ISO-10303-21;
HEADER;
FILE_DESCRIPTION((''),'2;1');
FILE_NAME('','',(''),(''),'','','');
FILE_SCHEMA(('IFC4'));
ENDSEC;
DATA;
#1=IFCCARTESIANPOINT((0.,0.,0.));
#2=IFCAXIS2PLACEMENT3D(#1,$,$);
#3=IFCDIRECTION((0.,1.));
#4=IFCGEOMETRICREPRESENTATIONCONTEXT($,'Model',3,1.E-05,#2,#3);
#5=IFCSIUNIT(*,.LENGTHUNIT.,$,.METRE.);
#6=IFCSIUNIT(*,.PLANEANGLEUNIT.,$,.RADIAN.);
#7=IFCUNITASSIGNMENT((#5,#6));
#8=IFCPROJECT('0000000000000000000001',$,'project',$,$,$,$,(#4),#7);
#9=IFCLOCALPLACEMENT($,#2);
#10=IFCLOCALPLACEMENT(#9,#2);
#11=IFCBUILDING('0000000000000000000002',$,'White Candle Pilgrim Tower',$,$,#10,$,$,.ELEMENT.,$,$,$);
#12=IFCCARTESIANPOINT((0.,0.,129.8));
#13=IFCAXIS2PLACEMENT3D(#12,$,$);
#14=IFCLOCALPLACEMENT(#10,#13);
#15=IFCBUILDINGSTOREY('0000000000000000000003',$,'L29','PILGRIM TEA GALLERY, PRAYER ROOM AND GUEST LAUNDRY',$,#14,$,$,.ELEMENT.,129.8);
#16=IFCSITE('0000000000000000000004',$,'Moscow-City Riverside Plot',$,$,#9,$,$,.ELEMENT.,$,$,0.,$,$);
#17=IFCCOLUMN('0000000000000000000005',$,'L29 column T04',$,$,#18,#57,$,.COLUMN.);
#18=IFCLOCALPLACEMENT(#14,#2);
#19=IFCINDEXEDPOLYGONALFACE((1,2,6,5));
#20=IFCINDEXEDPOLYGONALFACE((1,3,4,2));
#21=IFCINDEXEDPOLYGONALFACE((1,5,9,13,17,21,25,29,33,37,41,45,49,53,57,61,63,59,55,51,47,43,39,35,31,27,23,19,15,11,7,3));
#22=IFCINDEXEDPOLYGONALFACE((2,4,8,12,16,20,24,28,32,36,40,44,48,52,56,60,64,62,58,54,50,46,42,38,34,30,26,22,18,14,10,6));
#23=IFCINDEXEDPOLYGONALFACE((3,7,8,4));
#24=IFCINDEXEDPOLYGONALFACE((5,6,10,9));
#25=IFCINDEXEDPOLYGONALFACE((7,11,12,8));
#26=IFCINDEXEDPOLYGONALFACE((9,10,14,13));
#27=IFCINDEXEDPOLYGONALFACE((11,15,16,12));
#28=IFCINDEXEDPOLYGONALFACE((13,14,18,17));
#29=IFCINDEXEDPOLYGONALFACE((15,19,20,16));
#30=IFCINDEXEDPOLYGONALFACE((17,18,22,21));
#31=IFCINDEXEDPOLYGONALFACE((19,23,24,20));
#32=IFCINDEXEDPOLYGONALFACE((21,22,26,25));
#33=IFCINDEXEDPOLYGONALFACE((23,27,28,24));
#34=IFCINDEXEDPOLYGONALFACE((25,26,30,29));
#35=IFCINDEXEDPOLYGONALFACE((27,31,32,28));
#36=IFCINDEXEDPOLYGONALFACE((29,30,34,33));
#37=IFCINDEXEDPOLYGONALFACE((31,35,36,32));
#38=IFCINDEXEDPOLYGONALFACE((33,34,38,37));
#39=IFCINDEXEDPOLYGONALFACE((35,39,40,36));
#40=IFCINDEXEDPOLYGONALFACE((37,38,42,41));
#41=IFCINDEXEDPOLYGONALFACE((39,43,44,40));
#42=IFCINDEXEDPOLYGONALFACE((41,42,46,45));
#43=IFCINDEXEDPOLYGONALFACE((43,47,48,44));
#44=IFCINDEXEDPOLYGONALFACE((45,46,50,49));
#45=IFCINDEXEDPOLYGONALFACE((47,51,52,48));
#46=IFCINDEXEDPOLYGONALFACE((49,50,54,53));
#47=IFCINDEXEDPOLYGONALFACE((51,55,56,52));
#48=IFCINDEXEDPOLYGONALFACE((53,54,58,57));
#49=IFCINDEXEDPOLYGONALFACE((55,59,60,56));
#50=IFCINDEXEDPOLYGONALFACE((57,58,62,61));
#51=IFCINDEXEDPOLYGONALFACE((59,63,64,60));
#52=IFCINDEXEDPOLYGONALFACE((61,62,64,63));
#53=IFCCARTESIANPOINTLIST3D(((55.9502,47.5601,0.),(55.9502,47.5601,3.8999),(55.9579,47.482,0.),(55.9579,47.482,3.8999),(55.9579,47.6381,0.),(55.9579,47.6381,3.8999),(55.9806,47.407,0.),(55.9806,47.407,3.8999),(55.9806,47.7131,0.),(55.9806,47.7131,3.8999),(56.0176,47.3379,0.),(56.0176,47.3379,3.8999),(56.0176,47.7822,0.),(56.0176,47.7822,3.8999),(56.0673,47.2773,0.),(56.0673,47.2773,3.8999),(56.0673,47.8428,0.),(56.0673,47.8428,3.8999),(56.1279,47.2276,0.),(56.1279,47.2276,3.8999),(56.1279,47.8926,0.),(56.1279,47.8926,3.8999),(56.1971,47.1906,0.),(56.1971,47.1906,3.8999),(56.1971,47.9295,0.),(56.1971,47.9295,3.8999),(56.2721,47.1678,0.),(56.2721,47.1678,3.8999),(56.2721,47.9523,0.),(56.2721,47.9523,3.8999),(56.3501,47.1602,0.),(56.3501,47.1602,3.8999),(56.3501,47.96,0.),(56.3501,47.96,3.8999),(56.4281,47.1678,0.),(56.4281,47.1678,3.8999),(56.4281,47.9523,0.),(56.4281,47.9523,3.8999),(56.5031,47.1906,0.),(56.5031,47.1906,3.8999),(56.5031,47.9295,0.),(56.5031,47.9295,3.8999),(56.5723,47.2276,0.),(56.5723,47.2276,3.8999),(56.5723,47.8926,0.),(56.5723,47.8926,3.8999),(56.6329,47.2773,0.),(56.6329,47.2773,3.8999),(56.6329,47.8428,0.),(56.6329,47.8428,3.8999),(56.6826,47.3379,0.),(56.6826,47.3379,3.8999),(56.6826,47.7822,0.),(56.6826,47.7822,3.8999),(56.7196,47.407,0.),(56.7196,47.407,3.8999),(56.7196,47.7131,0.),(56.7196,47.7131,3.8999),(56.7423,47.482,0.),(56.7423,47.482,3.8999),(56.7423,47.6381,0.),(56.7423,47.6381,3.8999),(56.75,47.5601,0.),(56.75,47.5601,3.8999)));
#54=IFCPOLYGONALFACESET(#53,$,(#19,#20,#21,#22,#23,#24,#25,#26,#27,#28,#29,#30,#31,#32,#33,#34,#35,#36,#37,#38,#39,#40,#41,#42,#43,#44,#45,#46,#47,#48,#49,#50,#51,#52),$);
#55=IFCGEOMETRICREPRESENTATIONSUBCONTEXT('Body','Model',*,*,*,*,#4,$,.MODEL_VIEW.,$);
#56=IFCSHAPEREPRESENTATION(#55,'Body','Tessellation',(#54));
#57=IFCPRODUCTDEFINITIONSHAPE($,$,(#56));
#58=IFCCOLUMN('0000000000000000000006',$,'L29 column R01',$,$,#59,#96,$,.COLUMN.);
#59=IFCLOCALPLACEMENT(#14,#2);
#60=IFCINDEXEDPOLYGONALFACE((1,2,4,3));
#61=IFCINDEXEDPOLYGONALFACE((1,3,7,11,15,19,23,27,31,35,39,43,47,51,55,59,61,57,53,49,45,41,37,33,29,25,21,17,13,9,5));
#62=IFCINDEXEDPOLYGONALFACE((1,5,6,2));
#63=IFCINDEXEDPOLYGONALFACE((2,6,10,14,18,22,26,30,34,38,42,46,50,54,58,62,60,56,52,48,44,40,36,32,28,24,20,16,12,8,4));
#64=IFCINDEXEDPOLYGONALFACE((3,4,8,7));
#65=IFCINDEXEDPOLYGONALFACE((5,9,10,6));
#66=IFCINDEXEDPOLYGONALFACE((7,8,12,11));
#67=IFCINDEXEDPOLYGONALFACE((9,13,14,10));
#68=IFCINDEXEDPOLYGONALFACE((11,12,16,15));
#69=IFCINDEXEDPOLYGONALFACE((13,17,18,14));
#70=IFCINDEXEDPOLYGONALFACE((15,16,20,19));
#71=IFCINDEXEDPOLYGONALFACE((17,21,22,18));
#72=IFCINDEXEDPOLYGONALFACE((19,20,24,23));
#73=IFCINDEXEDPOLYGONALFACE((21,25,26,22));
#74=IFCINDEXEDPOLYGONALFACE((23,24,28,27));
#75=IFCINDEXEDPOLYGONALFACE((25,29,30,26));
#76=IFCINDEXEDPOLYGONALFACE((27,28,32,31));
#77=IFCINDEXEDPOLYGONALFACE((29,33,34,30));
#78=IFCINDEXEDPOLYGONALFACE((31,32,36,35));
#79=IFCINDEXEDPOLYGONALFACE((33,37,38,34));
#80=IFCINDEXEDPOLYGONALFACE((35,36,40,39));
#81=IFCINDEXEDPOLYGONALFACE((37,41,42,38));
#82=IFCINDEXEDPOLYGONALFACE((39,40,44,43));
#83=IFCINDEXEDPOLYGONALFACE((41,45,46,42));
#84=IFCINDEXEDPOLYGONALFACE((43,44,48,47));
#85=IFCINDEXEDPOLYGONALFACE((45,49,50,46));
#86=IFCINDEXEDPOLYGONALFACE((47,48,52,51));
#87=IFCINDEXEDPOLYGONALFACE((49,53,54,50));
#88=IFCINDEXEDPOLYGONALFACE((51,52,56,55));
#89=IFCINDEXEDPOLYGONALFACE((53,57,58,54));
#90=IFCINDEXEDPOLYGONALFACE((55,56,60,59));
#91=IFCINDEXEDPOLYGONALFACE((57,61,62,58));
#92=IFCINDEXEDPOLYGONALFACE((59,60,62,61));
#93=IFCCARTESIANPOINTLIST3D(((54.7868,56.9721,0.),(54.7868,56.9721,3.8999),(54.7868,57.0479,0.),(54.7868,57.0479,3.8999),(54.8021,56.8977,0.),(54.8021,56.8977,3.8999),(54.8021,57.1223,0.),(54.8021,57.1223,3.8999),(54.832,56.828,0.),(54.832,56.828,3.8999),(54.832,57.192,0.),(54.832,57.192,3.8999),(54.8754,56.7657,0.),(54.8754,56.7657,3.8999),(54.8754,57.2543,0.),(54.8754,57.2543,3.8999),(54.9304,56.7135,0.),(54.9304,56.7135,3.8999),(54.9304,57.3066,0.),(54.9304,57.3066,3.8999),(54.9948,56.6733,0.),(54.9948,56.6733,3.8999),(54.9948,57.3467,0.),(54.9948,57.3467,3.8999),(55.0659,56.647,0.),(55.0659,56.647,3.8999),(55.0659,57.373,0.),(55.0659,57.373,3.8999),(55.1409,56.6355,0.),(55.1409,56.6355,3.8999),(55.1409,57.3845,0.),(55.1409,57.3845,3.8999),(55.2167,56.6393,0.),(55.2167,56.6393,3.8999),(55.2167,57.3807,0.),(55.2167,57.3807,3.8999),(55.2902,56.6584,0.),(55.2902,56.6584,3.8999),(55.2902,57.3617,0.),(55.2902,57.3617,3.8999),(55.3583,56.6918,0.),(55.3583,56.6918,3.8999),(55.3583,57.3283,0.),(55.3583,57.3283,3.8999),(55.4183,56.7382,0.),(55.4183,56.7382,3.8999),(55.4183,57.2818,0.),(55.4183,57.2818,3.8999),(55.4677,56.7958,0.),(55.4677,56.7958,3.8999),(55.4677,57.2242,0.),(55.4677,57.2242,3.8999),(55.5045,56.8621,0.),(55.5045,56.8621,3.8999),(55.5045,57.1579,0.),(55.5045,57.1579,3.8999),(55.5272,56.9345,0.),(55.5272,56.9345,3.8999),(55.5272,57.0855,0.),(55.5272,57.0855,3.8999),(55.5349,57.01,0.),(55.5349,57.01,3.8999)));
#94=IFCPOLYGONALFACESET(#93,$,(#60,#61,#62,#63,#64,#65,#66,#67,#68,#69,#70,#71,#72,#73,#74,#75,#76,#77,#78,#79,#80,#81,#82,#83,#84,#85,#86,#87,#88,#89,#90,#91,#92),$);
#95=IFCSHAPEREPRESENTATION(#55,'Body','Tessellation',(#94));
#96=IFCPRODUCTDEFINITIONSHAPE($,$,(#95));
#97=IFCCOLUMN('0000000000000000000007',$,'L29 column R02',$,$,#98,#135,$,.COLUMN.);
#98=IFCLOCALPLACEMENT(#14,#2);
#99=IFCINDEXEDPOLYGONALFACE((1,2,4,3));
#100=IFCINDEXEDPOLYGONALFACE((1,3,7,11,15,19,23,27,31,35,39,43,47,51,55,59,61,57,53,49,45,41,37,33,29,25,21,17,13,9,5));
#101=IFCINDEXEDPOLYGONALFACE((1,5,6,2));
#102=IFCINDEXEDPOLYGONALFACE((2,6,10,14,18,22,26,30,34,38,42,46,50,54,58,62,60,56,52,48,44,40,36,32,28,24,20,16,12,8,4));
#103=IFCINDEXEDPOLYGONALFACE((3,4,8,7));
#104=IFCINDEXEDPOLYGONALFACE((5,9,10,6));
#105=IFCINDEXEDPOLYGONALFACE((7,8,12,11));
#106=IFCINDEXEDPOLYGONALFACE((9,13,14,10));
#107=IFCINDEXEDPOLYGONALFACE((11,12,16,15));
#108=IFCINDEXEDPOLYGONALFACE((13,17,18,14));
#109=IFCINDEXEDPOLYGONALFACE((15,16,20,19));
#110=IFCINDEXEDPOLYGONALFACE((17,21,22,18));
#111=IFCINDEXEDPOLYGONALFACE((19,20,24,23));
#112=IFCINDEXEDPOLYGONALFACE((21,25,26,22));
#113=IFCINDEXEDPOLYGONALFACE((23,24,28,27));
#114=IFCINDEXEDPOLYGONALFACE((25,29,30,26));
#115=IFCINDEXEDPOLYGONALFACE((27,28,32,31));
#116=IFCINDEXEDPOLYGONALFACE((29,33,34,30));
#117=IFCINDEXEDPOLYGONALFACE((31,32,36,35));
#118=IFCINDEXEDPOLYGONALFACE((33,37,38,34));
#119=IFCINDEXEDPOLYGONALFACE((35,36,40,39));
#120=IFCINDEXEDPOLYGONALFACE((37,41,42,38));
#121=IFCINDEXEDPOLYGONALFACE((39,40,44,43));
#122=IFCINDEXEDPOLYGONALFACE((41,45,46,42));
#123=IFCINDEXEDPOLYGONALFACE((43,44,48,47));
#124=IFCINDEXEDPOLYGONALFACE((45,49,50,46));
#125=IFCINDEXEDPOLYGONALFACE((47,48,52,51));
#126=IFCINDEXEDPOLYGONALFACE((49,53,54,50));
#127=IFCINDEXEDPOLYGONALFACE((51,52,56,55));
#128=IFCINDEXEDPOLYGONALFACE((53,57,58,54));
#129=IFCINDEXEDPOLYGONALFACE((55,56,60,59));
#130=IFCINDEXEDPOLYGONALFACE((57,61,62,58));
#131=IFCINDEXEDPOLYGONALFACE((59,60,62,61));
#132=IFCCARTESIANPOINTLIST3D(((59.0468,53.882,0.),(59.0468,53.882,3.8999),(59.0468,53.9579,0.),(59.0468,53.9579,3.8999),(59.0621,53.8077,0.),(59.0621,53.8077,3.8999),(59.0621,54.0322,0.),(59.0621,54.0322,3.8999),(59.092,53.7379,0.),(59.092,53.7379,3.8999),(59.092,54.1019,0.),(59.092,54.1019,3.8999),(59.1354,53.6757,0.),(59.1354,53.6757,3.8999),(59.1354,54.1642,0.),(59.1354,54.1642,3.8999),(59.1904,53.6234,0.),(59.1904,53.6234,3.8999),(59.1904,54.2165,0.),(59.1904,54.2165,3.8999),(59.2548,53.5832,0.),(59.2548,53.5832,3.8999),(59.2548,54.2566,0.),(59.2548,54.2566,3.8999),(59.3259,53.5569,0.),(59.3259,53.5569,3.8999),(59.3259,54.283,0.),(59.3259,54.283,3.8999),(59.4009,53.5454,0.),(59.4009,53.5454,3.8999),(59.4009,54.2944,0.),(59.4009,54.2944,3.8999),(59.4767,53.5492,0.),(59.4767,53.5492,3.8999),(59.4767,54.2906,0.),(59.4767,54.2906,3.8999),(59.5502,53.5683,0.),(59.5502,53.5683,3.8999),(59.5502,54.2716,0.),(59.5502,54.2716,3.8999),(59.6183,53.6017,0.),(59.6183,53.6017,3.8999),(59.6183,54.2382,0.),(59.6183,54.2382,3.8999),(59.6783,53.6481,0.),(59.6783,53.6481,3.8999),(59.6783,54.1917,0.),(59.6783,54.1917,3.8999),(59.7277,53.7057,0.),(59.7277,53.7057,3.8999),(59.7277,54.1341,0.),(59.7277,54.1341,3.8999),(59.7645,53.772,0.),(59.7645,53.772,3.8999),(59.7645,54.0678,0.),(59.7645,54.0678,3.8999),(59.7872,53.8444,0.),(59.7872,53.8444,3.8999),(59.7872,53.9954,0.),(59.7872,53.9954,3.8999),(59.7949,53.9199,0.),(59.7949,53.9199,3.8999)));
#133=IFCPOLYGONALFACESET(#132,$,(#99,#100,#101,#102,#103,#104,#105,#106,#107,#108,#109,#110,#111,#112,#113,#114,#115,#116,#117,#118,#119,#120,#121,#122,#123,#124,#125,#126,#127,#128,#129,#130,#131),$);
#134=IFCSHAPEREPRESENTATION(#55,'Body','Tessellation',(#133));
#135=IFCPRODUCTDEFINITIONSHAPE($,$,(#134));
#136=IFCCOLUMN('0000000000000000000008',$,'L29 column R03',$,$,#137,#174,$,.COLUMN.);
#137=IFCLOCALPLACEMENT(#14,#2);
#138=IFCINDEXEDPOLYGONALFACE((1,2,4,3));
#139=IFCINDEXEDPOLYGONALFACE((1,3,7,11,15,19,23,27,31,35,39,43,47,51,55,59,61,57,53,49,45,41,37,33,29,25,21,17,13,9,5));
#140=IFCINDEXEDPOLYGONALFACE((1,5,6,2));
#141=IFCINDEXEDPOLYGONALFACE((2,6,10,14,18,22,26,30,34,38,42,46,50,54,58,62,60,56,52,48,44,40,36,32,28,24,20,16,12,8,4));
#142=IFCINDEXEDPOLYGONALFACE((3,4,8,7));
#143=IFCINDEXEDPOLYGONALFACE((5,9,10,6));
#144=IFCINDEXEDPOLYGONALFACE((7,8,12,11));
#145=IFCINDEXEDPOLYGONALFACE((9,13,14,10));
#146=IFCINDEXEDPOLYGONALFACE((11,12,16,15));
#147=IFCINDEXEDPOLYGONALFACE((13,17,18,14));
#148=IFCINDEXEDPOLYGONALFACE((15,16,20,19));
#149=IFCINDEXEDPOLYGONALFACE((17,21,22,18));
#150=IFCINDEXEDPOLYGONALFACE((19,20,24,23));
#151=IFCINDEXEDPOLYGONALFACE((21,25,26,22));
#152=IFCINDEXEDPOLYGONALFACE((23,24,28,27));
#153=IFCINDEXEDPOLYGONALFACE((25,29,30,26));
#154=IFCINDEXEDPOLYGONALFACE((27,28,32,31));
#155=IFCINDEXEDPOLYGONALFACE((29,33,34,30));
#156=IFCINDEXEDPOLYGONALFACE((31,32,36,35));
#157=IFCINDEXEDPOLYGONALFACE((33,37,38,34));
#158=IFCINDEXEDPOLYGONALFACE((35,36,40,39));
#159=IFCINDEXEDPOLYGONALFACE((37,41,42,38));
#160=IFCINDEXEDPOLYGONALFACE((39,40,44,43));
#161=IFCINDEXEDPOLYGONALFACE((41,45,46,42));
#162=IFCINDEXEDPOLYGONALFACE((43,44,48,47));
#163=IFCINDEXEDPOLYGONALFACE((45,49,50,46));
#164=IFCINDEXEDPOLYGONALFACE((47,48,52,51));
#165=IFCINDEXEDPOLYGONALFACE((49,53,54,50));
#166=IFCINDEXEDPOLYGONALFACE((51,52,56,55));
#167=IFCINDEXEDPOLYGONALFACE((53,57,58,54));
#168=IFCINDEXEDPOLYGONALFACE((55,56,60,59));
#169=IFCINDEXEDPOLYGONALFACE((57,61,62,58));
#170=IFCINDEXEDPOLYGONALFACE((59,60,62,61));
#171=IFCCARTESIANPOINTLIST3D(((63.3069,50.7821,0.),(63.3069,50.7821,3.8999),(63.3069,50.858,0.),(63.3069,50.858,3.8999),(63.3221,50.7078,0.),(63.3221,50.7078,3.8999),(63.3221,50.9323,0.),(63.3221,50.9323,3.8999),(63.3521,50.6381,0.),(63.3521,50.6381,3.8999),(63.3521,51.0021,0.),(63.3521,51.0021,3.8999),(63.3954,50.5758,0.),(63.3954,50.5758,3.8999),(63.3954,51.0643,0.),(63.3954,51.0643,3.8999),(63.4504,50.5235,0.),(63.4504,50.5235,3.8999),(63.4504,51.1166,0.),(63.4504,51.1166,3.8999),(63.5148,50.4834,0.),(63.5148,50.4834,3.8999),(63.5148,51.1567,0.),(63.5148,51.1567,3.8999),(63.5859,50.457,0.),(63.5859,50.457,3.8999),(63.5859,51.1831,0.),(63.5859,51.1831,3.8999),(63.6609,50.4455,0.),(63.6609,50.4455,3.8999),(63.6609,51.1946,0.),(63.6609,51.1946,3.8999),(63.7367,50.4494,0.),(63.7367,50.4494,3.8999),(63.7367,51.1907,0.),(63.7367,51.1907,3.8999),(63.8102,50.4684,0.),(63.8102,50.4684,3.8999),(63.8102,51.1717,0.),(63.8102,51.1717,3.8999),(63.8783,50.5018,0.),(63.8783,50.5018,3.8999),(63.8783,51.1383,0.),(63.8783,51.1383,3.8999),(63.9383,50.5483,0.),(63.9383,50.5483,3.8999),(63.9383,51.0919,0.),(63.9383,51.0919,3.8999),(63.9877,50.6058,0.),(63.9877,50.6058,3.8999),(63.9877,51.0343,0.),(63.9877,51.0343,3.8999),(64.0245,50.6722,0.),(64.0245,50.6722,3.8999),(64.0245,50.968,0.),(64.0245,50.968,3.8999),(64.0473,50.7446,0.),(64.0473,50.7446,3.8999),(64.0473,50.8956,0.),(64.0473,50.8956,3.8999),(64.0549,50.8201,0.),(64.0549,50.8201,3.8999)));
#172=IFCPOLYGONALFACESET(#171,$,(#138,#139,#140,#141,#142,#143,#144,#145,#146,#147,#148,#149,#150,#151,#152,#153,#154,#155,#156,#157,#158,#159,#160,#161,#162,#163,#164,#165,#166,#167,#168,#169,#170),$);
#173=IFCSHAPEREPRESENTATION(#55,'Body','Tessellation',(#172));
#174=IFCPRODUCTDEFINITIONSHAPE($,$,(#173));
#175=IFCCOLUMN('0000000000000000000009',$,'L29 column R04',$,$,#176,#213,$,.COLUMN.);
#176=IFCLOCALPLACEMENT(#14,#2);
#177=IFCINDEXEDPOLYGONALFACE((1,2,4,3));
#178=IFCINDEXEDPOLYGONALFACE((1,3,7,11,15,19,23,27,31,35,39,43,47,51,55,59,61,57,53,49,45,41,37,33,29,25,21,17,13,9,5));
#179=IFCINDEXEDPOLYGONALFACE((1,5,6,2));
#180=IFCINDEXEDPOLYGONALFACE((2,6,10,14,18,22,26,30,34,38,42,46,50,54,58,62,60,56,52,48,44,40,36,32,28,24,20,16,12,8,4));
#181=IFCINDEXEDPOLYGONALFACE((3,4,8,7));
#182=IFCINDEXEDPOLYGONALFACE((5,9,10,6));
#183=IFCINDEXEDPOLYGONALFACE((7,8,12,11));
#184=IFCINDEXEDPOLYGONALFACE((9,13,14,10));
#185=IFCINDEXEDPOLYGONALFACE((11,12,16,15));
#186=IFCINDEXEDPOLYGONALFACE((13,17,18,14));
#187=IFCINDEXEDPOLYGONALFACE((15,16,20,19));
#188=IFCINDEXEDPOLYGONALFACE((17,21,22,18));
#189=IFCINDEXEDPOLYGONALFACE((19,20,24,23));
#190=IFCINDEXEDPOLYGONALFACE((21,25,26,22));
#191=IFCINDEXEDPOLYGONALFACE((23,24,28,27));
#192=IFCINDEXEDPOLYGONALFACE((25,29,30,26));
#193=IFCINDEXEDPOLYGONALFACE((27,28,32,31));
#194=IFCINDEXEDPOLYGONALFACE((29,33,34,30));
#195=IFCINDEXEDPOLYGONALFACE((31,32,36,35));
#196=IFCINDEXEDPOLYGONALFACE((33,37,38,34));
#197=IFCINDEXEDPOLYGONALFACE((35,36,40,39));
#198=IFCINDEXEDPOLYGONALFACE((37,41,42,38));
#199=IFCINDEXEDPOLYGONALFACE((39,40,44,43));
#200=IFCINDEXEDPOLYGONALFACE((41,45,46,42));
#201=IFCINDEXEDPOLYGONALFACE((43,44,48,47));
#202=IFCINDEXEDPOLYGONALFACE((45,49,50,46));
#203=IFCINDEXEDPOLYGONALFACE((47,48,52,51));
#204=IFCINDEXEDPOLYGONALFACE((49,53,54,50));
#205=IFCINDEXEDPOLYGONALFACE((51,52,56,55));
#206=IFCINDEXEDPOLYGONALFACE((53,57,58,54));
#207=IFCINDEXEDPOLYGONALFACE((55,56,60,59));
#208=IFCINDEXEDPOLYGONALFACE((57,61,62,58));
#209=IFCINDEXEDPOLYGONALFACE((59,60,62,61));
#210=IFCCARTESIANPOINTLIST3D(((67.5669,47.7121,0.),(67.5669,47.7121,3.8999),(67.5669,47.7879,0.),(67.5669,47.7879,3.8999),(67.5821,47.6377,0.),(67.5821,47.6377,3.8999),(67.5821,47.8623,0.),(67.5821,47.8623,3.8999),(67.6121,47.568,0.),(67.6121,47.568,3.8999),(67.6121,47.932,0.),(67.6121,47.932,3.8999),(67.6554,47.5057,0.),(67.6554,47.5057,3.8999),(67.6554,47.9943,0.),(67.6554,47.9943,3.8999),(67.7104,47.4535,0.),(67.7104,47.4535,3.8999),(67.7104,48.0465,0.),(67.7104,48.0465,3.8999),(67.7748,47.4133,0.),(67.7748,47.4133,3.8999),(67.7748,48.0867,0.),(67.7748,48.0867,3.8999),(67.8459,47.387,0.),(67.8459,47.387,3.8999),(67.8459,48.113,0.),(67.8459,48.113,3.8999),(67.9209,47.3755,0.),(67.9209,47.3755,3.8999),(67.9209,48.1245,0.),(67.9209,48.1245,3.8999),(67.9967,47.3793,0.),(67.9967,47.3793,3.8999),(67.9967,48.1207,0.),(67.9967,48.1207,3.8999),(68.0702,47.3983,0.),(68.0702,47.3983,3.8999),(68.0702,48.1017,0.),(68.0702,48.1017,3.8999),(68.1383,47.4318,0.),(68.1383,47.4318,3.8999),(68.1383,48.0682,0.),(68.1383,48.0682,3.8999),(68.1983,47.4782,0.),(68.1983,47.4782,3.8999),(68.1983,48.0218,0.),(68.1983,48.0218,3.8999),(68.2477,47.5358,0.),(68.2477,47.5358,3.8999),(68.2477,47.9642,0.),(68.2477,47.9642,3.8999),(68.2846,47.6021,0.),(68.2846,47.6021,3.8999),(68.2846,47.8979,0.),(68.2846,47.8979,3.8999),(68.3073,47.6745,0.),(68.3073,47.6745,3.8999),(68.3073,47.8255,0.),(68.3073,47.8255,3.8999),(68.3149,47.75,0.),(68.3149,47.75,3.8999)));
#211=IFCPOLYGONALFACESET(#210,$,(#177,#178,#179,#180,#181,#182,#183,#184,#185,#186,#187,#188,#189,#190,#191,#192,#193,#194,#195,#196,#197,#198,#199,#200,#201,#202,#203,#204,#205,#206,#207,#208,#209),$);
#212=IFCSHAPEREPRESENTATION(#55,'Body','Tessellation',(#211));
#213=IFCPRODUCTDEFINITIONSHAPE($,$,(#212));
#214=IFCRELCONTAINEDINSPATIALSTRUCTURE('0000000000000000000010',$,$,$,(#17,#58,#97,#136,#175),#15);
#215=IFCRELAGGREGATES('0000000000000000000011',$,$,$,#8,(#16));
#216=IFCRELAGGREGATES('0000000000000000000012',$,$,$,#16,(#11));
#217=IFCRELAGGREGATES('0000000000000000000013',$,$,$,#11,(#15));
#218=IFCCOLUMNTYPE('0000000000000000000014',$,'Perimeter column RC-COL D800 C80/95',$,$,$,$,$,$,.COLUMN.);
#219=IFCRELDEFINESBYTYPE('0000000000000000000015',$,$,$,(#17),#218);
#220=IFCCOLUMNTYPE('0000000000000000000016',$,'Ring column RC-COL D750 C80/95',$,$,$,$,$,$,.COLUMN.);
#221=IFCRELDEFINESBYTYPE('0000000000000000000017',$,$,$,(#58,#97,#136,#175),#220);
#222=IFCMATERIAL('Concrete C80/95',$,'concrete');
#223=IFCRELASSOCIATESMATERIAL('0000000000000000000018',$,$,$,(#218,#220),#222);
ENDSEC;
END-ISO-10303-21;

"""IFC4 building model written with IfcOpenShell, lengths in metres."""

from ifc_helpers import new_model, si_unit, direction, frame, origin, origin_2d, place, context, subcontext, project, spatial, circle, extrude, material, material_profile, profile_set, type_object, element, save


model = new_model("IFC4")

# Units and contexts
model_context = context("Model", 3, precision=1e-05, world=origin(), true_north=direction((0.0, 1.0)))
body_context = subcontext(model_context, "Body", "Model", "MODEL_VIEW")
ifc_project = project(units=[si_unit("LENGTHUNIT", "METRE"), si_unit("PLANEANGLEUNIT", "RADIAN")], contexts=[model_context])

# Site, building, storey
site_placement = place(None, origin())
site = spatial("IfcSite", under=ifc_project, at=site_placement, Name="Moscow-City Riverside Plot", CompositionType="ELEMENT", RefElevation=0.0)
building_placement = place(site_placement, origin())
building = spatial("IfcBuilding", under=site, at=building_placement, Name="White Candle Pilgrim Tower", CompositionType="ELEMENT")
storey_placement = place(building_placement, frame((0.0, 0.0, 129.8)))
storey = spatial("IfcBuildingStorey", under=building, at=storey_placement, Name="L29", Description="PILGRIM TEA GALLERY, PRAYER ROOM AND GUEST LAUNDRY", CompositionType="ELEMENT", Elevation=129.8)

# Columns
ifc_material_1 = material(Name="Concrete C80/95", Category="concrete")
ifc_material_profile_1 = material_profile(ifc_material_1, circle(Radius=0.3999, at=origin_2d()), Name="RC-COL D800")
ifc_profile_set_1 = profile_set([ifc_material_profile_1], Name="Concrete C80/95")
column_type_1 = type_object("IfcColumnType", Name="Perimeter column RC-COL D800 C80/95", PredefinedType="COLUMN", material=ifc_profile_set_1)
column_placement = place(storey_placement, frame((56.3501, 47.5601, 0.0), z_axis=(0.0, 0.0, 1.0), x_axis=(1.0, 0.0, 0.0)))
element("IfcColumn", 1, at=column_placement, inside=storey, type_object=column_type_1, Name="L29 column T04", PredefinedType="COLUMN", context=body_context, shape_type="SweptSolid", body=[
    extrude(circle(Radius=0.3999, at=origin_2d()), origin(), (0.0, 0.0, 1.0), 3.8999),
])
ifc_material_profile_2 = material_profile(ifc_material_1, circle(Radius=0.375, at=origin_2d()), Name="RC-COL D750")
ifc_profile_set_2 = profile_set([ifc_material_profile_2], Name="Concrete C80/95")
column_type_2 = type_object("IfcColumnType", Name="Ring column RC-COL D750 C80/95", PredefinedType="COLUMN", material=ifc_profile_set_2)
for number, where, z_axis, x_axis, name in (
    (2, (55.1599, 57.01, 0.0), (0.0, 0.0, 1.0), (1.0, 0.0, 0.0), "L29 column R01"),
    (3, (59.4199, 53.9199, 0.0), (0.0, 0.0, 1.0), (1.0, 0.0, 0.0), "L29 column R02"),
    (4, (63.6799, 50.8201, 0.0), (0.0, 0.0, 1.0), (1.0, 0.0, 0.0), "L29 column R03"),
    (5, (67.9399, 47.75, 0.0), (0.0, 0.0, 1.0), (1.0, 0.0, 0.0), "L29 column R04"),
):
    element("IfcColumn", number, at=place(storey_placement, frame(where, z_axis=z_axis, x_axis=x_axis)), inside=storey, type_object=column_type_2, Name=name, PredefinedType="COLUMN", context=body_context, shape_type="SweptSolid", body=[
        extrude(circle(Radius=0.375, at=origin_2d()), origin(), (0.0, 0.0, 1.0), 3.8999),
    ])

save(model, "model.ifc")
